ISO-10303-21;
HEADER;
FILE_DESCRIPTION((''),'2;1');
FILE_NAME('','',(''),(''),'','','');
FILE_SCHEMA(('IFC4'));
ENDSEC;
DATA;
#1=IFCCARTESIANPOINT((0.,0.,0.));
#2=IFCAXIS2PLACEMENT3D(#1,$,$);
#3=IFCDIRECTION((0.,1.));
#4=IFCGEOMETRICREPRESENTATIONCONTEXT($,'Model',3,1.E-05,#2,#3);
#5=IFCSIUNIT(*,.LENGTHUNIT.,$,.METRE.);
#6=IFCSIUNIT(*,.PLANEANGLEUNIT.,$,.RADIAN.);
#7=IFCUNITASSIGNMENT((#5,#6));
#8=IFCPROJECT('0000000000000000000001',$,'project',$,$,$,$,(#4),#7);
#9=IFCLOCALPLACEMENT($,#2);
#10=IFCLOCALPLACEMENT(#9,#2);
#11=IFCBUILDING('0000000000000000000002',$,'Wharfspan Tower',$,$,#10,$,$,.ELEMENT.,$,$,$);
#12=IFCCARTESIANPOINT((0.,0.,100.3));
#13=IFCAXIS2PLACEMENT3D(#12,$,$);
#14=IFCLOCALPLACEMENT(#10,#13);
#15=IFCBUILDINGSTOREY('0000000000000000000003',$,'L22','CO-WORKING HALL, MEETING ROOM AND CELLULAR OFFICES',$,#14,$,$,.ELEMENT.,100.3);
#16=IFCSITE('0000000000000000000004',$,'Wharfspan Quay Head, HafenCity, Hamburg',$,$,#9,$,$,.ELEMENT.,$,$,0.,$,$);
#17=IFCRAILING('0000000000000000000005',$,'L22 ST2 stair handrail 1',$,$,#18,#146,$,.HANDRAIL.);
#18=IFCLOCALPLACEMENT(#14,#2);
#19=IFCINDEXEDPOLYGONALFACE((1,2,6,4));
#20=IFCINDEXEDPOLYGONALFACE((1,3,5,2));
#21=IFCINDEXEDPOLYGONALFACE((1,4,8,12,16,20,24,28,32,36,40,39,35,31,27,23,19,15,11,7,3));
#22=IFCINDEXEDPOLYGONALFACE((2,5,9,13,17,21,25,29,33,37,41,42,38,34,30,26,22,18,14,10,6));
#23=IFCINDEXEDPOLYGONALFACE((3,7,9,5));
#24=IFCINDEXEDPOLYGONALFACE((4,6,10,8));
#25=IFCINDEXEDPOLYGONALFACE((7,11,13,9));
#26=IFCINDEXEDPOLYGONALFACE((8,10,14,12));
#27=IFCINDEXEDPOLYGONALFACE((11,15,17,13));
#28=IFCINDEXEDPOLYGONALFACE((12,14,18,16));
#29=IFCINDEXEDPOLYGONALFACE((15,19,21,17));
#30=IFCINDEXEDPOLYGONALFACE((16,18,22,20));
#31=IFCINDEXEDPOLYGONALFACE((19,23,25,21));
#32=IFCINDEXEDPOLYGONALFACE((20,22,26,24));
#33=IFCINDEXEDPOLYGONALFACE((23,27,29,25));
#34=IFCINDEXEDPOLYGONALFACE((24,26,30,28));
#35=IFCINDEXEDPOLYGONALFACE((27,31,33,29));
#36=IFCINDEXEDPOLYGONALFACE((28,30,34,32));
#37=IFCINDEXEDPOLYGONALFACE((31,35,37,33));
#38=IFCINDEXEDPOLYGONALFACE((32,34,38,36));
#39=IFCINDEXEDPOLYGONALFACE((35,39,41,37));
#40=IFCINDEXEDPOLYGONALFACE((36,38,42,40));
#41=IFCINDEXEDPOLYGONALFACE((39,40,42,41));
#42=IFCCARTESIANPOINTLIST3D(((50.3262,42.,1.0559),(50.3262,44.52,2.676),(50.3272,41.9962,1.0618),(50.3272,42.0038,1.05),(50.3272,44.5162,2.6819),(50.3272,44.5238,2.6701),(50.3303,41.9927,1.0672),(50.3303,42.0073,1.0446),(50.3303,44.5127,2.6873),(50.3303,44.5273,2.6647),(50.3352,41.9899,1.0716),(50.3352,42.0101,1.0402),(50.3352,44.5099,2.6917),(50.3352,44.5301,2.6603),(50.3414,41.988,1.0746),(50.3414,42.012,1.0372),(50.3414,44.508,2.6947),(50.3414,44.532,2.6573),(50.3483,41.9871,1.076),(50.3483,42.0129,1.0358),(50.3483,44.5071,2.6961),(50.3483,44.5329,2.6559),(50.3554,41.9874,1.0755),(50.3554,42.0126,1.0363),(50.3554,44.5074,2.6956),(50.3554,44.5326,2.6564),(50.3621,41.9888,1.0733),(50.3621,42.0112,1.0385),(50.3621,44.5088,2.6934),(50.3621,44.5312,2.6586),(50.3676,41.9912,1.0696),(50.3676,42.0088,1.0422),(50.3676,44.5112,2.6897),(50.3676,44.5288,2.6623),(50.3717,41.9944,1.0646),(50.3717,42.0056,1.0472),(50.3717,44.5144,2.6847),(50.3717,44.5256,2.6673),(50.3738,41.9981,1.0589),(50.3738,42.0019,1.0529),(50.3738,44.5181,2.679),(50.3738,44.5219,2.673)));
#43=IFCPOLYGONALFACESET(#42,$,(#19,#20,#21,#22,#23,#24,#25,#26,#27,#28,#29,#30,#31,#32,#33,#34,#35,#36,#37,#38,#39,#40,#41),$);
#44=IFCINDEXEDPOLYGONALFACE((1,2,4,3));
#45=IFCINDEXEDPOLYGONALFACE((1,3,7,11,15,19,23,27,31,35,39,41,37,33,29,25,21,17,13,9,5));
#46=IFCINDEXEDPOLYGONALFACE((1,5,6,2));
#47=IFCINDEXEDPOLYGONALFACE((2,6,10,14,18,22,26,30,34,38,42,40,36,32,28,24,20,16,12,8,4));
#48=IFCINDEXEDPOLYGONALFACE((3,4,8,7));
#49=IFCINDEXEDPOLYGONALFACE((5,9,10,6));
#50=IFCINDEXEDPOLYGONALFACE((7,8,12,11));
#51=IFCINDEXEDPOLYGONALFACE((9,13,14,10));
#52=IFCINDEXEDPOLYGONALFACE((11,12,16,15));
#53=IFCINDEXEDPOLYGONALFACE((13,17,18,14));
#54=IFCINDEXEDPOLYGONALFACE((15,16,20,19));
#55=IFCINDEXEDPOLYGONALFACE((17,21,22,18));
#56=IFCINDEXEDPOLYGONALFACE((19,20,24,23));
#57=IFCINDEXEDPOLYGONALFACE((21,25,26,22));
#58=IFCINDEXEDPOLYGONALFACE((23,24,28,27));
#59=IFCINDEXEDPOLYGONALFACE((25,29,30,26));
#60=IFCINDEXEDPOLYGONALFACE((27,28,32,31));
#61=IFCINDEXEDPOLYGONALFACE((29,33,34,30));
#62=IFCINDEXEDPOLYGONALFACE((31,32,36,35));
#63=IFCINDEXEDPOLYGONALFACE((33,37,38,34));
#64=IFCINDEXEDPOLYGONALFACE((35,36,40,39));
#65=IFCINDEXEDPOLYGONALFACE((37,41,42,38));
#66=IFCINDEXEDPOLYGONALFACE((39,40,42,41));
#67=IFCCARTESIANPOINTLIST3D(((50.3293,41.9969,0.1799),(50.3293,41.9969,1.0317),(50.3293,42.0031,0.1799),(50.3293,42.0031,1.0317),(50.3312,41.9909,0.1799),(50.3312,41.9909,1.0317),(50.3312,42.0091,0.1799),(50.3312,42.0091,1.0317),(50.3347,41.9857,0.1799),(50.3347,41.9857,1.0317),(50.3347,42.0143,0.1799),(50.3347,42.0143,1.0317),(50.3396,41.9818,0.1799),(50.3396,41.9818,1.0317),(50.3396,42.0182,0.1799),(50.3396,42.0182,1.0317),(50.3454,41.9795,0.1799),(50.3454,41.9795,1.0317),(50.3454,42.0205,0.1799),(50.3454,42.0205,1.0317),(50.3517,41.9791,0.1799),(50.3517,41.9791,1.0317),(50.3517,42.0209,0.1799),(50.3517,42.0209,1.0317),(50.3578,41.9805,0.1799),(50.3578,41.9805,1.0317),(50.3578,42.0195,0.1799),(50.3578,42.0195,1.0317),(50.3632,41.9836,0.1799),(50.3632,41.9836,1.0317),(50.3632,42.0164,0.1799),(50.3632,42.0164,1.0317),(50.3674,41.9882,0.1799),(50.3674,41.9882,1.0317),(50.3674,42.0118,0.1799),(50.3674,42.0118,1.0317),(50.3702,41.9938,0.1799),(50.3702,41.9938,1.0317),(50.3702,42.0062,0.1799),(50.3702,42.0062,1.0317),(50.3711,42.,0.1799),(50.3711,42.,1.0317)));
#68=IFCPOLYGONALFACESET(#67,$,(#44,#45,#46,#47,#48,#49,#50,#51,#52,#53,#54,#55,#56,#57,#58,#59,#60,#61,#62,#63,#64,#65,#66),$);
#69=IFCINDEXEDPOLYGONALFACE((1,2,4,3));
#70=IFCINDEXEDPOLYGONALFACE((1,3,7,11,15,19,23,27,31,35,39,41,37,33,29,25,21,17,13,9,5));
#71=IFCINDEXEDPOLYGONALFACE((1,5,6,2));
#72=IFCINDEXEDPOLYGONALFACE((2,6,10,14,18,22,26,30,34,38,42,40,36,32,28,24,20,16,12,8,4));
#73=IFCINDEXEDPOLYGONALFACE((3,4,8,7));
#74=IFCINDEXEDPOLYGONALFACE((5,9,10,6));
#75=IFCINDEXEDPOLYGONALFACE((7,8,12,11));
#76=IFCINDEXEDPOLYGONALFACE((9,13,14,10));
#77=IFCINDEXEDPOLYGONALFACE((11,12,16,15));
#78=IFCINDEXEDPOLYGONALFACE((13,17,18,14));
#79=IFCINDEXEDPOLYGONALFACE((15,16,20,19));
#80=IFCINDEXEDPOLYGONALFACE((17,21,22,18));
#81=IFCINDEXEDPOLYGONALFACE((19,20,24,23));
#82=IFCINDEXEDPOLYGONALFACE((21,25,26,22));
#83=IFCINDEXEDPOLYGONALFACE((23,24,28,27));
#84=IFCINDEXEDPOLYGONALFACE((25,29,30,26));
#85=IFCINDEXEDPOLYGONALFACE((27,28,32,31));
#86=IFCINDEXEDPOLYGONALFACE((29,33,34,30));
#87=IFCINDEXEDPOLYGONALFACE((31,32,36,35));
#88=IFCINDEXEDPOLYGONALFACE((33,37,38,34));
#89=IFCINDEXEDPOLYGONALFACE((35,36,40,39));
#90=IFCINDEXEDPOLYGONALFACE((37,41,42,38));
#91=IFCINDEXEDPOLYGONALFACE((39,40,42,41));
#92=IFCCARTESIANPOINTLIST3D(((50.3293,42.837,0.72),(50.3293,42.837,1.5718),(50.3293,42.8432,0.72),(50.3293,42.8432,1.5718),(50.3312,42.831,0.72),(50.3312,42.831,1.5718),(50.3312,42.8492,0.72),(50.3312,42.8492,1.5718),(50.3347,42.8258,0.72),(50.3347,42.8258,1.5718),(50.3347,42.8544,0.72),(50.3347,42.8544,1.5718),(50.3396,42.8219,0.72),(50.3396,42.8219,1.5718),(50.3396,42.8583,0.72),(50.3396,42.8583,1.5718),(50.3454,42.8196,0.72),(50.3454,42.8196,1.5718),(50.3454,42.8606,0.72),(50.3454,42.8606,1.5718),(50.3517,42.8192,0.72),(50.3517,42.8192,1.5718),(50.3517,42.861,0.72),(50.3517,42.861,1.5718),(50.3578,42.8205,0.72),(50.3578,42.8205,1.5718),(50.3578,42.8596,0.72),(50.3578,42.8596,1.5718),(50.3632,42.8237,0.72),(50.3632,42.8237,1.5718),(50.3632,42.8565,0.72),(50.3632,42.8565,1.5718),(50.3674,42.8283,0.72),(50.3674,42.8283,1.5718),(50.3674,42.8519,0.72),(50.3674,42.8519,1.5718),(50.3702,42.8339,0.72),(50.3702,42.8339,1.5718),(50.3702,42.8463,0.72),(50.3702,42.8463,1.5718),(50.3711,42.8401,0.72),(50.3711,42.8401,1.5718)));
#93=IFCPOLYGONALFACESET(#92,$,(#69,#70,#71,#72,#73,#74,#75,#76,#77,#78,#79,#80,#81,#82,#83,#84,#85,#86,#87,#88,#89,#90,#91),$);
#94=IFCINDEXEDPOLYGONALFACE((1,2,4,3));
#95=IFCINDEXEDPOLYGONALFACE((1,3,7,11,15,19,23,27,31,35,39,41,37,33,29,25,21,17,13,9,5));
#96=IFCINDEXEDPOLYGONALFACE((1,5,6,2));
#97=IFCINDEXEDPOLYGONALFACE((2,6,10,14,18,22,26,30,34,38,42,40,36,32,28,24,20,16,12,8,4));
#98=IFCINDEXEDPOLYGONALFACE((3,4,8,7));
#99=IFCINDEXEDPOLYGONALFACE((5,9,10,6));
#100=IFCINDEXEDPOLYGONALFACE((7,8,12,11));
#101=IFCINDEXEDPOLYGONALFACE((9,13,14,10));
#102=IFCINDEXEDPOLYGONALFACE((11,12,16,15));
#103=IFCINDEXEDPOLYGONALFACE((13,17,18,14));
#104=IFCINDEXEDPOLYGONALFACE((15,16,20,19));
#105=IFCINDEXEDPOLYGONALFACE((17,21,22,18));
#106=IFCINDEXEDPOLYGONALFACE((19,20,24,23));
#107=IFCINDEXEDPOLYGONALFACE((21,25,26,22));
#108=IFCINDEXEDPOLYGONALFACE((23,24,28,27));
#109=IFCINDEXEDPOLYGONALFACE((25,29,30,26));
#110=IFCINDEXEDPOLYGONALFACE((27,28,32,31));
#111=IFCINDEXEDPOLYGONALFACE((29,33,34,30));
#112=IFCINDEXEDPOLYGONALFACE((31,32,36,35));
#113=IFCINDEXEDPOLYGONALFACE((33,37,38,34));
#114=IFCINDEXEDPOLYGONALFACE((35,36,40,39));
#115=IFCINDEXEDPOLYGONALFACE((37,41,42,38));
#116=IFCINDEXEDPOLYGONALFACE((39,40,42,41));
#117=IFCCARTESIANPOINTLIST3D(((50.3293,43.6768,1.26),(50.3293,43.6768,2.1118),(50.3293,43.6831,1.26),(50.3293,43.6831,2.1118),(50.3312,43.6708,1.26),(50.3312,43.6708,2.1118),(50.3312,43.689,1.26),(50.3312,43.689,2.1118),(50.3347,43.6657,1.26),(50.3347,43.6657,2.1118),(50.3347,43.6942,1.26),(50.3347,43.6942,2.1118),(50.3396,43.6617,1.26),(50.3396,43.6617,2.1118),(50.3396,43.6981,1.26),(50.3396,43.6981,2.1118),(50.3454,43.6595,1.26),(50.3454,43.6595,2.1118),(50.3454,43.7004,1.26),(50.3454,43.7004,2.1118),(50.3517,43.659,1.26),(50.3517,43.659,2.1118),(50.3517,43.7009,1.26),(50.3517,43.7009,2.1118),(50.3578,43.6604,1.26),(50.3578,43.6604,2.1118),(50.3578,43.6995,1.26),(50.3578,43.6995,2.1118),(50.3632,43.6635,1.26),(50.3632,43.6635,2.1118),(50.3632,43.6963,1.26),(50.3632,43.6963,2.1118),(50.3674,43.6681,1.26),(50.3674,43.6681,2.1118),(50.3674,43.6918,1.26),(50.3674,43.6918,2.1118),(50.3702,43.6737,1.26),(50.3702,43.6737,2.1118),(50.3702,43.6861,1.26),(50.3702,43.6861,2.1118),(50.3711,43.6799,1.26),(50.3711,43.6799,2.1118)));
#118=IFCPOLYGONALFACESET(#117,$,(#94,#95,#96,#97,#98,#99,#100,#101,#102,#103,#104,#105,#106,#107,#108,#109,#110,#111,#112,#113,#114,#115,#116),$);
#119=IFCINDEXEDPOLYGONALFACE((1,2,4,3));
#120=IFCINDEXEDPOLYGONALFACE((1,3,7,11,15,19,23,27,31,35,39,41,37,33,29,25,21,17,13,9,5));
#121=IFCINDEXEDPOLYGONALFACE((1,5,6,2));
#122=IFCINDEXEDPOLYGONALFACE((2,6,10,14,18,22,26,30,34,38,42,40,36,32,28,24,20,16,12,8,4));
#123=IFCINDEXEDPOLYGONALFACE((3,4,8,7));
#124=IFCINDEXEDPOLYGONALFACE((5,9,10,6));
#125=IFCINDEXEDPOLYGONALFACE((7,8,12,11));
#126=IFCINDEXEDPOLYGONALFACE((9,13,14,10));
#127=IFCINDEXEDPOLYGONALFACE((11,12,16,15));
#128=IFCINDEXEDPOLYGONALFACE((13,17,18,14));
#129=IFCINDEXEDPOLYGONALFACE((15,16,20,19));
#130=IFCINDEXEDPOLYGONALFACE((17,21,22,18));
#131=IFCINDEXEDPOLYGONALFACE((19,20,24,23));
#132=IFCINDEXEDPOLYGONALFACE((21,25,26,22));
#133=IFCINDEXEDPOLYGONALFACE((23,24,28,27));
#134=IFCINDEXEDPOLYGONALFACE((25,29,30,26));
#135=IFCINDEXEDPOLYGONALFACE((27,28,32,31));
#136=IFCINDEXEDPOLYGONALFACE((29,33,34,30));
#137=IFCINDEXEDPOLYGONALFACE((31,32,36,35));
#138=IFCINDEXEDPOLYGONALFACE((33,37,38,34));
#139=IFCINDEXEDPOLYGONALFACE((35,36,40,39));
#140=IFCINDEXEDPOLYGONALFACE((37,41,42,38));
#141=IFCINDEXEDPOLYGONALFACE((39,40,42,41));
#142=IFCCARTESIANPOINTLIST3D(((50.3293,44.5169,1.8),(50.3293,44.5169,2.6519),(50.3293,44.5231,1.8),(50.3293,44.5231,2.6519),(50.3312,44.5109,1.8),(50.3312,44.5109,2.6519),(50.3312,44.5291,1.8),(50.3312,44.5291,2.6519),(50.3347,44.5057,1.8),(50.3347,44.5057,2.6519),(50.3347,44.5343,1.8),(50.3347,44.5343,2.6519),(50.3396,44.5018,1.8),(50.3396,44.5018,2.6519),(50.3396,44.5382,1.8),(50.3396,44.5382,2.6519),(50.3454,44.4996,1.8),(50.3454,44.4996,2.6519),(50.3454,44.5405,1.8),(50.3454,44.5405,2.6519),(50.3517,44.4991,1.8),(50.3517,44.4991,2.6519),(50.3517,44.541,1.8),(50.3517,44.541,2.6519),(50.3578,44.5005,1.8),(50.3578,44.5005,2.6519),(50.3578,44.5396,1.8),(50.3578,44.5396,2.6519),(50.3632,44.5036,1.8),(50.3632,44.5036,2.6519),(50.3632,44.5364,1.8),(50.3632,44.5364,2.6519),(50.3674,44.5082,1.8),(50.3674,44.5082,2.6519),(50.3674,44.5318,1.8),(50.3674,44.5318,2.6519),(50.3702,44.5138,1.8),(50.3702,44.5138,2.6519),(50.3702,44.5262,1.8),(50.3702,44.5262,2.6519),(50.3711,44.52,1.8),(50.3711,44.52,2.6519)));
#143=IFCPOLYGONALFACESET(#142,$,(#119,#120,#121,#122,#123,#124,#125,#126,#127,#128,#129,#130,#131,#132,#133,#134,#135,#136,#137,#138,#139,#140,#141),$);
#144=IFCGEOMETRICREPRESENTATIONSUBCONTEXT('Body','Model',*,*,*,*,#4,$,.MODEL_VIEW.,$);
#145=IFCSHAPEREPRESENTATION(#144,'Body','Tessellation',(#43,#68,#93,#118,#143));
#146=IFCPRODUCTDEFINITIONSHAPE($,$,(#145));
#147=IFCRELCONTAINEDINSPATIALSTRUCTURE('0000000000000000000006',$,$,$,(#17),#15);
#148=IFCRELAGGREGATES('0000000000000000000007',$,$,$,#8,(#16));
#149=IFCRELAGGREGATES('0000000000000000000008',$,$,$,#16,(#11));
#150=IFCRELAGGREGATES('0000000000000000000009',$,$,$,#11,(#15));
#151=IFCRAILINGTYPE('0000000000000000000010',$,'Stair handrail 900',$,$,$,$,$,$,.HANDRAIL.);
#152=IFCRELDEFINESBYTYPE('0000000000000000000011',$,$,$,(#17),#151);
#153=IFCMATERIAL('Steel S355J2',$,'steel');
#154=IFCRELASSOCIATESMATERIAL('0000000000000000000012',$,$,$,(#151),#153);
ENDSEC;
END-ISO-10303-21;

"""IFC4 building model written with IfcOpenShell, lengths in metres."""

from ifc_helpers import new_model, si_unit, direction, frame, origin, origin_2d, place, context, subcontext, project, spatial, circle, extrude, material, type_object, element, save


model = new_model("IFC4")

# Units and contexts
model_context = context("Model", 3, precision=1e-05, world=origin(), true_north=direction((0.0, 1.0)))
body_context = subcontext(model_context, "Body", "Model", "MODEL_VIEW")
ifc_project = project(units=[si_unit("LENGTHUNIT", "METRE"), si_unit("PLANEANGLEUNIT", "RADIAN")], contexts=[model_context])

# Site, building, storey
site_placement = place(None, origin())
site = spatial("IfcSite", under=ifc_project, at=site_placement, Name="Wharfspan Quay Head, HafenCity, Hamburg", CompositionType="ELEMENT", RefElevation=0.0)
building_placement = place(site_placement, origin())
building = spatial("IfcBuilding", under=site, at=building_placement, Name="Wharfspan Tower", CompositionType="ELEMENT")
storey_placement = place(building_placement, frame((0.0, 0.0, 100.3)))
storey = spatial("IfcBuildingStorey", under=building, at=storey_placement, Name="L22", Description="CO-WORKING HALL, MEETING ROOM AND CELLULAR OFFICES", CompositionType="ELEMENT", Elevation=100.3)

# Shared definitions
ifc_material_1 = material(Name="Steel S355J2", Category="steel")

# Railing
railing_type_1 = type_object("IfcRailingType", Name="Stair handrail 900", PredefinedType="HANDRAIL", material=ifc_material_1)
railing_1_placement = place(storey_placement, frame((50.3501, 42.0, 0.1799)))
element("IfcRailing", 1, at=railing_1_placement, inside=storey, type_object=railing_type_1, Name="L22 ST2 stair handrail 1", PredefinedType="HANDRAIL", context=body_context, shape_type="SweptSolid", body=[
    extrude(circle(Radius=0.0239, at=origin_2d()), frame((0.0, 0.0, 0.876), z_axis=(0.0, 0.841163, 0.540782), x_axis=(-1.0, 0.0, 0.0)), (0.0, 0.0, 1.0), 2.9958),
    extrude(circle(Radius=0.021, at=origin_2d()), origin(), (0.0, 0.0, 1.0), 0.8518),
    extrude(circle(Radius=0.021, at=origin_2d()), frame((0.0, 0.8401, 0.54)), (0.0, 0.0, 1.0), 0.8518),
    extrude(circle(Radius=0.021, at=origin_2d()), frame((0.0, 1.6799, 1.0801)), (0.0, 0.0, 1.0), 0.8518),
    extrude(circle(Radius=0.021, at=origin_2d()), frame((0.0, 2.52, 1.6201)), (0.0, 0.0, 1.0), 0.8518),
])

save(model, "model.ifc")
